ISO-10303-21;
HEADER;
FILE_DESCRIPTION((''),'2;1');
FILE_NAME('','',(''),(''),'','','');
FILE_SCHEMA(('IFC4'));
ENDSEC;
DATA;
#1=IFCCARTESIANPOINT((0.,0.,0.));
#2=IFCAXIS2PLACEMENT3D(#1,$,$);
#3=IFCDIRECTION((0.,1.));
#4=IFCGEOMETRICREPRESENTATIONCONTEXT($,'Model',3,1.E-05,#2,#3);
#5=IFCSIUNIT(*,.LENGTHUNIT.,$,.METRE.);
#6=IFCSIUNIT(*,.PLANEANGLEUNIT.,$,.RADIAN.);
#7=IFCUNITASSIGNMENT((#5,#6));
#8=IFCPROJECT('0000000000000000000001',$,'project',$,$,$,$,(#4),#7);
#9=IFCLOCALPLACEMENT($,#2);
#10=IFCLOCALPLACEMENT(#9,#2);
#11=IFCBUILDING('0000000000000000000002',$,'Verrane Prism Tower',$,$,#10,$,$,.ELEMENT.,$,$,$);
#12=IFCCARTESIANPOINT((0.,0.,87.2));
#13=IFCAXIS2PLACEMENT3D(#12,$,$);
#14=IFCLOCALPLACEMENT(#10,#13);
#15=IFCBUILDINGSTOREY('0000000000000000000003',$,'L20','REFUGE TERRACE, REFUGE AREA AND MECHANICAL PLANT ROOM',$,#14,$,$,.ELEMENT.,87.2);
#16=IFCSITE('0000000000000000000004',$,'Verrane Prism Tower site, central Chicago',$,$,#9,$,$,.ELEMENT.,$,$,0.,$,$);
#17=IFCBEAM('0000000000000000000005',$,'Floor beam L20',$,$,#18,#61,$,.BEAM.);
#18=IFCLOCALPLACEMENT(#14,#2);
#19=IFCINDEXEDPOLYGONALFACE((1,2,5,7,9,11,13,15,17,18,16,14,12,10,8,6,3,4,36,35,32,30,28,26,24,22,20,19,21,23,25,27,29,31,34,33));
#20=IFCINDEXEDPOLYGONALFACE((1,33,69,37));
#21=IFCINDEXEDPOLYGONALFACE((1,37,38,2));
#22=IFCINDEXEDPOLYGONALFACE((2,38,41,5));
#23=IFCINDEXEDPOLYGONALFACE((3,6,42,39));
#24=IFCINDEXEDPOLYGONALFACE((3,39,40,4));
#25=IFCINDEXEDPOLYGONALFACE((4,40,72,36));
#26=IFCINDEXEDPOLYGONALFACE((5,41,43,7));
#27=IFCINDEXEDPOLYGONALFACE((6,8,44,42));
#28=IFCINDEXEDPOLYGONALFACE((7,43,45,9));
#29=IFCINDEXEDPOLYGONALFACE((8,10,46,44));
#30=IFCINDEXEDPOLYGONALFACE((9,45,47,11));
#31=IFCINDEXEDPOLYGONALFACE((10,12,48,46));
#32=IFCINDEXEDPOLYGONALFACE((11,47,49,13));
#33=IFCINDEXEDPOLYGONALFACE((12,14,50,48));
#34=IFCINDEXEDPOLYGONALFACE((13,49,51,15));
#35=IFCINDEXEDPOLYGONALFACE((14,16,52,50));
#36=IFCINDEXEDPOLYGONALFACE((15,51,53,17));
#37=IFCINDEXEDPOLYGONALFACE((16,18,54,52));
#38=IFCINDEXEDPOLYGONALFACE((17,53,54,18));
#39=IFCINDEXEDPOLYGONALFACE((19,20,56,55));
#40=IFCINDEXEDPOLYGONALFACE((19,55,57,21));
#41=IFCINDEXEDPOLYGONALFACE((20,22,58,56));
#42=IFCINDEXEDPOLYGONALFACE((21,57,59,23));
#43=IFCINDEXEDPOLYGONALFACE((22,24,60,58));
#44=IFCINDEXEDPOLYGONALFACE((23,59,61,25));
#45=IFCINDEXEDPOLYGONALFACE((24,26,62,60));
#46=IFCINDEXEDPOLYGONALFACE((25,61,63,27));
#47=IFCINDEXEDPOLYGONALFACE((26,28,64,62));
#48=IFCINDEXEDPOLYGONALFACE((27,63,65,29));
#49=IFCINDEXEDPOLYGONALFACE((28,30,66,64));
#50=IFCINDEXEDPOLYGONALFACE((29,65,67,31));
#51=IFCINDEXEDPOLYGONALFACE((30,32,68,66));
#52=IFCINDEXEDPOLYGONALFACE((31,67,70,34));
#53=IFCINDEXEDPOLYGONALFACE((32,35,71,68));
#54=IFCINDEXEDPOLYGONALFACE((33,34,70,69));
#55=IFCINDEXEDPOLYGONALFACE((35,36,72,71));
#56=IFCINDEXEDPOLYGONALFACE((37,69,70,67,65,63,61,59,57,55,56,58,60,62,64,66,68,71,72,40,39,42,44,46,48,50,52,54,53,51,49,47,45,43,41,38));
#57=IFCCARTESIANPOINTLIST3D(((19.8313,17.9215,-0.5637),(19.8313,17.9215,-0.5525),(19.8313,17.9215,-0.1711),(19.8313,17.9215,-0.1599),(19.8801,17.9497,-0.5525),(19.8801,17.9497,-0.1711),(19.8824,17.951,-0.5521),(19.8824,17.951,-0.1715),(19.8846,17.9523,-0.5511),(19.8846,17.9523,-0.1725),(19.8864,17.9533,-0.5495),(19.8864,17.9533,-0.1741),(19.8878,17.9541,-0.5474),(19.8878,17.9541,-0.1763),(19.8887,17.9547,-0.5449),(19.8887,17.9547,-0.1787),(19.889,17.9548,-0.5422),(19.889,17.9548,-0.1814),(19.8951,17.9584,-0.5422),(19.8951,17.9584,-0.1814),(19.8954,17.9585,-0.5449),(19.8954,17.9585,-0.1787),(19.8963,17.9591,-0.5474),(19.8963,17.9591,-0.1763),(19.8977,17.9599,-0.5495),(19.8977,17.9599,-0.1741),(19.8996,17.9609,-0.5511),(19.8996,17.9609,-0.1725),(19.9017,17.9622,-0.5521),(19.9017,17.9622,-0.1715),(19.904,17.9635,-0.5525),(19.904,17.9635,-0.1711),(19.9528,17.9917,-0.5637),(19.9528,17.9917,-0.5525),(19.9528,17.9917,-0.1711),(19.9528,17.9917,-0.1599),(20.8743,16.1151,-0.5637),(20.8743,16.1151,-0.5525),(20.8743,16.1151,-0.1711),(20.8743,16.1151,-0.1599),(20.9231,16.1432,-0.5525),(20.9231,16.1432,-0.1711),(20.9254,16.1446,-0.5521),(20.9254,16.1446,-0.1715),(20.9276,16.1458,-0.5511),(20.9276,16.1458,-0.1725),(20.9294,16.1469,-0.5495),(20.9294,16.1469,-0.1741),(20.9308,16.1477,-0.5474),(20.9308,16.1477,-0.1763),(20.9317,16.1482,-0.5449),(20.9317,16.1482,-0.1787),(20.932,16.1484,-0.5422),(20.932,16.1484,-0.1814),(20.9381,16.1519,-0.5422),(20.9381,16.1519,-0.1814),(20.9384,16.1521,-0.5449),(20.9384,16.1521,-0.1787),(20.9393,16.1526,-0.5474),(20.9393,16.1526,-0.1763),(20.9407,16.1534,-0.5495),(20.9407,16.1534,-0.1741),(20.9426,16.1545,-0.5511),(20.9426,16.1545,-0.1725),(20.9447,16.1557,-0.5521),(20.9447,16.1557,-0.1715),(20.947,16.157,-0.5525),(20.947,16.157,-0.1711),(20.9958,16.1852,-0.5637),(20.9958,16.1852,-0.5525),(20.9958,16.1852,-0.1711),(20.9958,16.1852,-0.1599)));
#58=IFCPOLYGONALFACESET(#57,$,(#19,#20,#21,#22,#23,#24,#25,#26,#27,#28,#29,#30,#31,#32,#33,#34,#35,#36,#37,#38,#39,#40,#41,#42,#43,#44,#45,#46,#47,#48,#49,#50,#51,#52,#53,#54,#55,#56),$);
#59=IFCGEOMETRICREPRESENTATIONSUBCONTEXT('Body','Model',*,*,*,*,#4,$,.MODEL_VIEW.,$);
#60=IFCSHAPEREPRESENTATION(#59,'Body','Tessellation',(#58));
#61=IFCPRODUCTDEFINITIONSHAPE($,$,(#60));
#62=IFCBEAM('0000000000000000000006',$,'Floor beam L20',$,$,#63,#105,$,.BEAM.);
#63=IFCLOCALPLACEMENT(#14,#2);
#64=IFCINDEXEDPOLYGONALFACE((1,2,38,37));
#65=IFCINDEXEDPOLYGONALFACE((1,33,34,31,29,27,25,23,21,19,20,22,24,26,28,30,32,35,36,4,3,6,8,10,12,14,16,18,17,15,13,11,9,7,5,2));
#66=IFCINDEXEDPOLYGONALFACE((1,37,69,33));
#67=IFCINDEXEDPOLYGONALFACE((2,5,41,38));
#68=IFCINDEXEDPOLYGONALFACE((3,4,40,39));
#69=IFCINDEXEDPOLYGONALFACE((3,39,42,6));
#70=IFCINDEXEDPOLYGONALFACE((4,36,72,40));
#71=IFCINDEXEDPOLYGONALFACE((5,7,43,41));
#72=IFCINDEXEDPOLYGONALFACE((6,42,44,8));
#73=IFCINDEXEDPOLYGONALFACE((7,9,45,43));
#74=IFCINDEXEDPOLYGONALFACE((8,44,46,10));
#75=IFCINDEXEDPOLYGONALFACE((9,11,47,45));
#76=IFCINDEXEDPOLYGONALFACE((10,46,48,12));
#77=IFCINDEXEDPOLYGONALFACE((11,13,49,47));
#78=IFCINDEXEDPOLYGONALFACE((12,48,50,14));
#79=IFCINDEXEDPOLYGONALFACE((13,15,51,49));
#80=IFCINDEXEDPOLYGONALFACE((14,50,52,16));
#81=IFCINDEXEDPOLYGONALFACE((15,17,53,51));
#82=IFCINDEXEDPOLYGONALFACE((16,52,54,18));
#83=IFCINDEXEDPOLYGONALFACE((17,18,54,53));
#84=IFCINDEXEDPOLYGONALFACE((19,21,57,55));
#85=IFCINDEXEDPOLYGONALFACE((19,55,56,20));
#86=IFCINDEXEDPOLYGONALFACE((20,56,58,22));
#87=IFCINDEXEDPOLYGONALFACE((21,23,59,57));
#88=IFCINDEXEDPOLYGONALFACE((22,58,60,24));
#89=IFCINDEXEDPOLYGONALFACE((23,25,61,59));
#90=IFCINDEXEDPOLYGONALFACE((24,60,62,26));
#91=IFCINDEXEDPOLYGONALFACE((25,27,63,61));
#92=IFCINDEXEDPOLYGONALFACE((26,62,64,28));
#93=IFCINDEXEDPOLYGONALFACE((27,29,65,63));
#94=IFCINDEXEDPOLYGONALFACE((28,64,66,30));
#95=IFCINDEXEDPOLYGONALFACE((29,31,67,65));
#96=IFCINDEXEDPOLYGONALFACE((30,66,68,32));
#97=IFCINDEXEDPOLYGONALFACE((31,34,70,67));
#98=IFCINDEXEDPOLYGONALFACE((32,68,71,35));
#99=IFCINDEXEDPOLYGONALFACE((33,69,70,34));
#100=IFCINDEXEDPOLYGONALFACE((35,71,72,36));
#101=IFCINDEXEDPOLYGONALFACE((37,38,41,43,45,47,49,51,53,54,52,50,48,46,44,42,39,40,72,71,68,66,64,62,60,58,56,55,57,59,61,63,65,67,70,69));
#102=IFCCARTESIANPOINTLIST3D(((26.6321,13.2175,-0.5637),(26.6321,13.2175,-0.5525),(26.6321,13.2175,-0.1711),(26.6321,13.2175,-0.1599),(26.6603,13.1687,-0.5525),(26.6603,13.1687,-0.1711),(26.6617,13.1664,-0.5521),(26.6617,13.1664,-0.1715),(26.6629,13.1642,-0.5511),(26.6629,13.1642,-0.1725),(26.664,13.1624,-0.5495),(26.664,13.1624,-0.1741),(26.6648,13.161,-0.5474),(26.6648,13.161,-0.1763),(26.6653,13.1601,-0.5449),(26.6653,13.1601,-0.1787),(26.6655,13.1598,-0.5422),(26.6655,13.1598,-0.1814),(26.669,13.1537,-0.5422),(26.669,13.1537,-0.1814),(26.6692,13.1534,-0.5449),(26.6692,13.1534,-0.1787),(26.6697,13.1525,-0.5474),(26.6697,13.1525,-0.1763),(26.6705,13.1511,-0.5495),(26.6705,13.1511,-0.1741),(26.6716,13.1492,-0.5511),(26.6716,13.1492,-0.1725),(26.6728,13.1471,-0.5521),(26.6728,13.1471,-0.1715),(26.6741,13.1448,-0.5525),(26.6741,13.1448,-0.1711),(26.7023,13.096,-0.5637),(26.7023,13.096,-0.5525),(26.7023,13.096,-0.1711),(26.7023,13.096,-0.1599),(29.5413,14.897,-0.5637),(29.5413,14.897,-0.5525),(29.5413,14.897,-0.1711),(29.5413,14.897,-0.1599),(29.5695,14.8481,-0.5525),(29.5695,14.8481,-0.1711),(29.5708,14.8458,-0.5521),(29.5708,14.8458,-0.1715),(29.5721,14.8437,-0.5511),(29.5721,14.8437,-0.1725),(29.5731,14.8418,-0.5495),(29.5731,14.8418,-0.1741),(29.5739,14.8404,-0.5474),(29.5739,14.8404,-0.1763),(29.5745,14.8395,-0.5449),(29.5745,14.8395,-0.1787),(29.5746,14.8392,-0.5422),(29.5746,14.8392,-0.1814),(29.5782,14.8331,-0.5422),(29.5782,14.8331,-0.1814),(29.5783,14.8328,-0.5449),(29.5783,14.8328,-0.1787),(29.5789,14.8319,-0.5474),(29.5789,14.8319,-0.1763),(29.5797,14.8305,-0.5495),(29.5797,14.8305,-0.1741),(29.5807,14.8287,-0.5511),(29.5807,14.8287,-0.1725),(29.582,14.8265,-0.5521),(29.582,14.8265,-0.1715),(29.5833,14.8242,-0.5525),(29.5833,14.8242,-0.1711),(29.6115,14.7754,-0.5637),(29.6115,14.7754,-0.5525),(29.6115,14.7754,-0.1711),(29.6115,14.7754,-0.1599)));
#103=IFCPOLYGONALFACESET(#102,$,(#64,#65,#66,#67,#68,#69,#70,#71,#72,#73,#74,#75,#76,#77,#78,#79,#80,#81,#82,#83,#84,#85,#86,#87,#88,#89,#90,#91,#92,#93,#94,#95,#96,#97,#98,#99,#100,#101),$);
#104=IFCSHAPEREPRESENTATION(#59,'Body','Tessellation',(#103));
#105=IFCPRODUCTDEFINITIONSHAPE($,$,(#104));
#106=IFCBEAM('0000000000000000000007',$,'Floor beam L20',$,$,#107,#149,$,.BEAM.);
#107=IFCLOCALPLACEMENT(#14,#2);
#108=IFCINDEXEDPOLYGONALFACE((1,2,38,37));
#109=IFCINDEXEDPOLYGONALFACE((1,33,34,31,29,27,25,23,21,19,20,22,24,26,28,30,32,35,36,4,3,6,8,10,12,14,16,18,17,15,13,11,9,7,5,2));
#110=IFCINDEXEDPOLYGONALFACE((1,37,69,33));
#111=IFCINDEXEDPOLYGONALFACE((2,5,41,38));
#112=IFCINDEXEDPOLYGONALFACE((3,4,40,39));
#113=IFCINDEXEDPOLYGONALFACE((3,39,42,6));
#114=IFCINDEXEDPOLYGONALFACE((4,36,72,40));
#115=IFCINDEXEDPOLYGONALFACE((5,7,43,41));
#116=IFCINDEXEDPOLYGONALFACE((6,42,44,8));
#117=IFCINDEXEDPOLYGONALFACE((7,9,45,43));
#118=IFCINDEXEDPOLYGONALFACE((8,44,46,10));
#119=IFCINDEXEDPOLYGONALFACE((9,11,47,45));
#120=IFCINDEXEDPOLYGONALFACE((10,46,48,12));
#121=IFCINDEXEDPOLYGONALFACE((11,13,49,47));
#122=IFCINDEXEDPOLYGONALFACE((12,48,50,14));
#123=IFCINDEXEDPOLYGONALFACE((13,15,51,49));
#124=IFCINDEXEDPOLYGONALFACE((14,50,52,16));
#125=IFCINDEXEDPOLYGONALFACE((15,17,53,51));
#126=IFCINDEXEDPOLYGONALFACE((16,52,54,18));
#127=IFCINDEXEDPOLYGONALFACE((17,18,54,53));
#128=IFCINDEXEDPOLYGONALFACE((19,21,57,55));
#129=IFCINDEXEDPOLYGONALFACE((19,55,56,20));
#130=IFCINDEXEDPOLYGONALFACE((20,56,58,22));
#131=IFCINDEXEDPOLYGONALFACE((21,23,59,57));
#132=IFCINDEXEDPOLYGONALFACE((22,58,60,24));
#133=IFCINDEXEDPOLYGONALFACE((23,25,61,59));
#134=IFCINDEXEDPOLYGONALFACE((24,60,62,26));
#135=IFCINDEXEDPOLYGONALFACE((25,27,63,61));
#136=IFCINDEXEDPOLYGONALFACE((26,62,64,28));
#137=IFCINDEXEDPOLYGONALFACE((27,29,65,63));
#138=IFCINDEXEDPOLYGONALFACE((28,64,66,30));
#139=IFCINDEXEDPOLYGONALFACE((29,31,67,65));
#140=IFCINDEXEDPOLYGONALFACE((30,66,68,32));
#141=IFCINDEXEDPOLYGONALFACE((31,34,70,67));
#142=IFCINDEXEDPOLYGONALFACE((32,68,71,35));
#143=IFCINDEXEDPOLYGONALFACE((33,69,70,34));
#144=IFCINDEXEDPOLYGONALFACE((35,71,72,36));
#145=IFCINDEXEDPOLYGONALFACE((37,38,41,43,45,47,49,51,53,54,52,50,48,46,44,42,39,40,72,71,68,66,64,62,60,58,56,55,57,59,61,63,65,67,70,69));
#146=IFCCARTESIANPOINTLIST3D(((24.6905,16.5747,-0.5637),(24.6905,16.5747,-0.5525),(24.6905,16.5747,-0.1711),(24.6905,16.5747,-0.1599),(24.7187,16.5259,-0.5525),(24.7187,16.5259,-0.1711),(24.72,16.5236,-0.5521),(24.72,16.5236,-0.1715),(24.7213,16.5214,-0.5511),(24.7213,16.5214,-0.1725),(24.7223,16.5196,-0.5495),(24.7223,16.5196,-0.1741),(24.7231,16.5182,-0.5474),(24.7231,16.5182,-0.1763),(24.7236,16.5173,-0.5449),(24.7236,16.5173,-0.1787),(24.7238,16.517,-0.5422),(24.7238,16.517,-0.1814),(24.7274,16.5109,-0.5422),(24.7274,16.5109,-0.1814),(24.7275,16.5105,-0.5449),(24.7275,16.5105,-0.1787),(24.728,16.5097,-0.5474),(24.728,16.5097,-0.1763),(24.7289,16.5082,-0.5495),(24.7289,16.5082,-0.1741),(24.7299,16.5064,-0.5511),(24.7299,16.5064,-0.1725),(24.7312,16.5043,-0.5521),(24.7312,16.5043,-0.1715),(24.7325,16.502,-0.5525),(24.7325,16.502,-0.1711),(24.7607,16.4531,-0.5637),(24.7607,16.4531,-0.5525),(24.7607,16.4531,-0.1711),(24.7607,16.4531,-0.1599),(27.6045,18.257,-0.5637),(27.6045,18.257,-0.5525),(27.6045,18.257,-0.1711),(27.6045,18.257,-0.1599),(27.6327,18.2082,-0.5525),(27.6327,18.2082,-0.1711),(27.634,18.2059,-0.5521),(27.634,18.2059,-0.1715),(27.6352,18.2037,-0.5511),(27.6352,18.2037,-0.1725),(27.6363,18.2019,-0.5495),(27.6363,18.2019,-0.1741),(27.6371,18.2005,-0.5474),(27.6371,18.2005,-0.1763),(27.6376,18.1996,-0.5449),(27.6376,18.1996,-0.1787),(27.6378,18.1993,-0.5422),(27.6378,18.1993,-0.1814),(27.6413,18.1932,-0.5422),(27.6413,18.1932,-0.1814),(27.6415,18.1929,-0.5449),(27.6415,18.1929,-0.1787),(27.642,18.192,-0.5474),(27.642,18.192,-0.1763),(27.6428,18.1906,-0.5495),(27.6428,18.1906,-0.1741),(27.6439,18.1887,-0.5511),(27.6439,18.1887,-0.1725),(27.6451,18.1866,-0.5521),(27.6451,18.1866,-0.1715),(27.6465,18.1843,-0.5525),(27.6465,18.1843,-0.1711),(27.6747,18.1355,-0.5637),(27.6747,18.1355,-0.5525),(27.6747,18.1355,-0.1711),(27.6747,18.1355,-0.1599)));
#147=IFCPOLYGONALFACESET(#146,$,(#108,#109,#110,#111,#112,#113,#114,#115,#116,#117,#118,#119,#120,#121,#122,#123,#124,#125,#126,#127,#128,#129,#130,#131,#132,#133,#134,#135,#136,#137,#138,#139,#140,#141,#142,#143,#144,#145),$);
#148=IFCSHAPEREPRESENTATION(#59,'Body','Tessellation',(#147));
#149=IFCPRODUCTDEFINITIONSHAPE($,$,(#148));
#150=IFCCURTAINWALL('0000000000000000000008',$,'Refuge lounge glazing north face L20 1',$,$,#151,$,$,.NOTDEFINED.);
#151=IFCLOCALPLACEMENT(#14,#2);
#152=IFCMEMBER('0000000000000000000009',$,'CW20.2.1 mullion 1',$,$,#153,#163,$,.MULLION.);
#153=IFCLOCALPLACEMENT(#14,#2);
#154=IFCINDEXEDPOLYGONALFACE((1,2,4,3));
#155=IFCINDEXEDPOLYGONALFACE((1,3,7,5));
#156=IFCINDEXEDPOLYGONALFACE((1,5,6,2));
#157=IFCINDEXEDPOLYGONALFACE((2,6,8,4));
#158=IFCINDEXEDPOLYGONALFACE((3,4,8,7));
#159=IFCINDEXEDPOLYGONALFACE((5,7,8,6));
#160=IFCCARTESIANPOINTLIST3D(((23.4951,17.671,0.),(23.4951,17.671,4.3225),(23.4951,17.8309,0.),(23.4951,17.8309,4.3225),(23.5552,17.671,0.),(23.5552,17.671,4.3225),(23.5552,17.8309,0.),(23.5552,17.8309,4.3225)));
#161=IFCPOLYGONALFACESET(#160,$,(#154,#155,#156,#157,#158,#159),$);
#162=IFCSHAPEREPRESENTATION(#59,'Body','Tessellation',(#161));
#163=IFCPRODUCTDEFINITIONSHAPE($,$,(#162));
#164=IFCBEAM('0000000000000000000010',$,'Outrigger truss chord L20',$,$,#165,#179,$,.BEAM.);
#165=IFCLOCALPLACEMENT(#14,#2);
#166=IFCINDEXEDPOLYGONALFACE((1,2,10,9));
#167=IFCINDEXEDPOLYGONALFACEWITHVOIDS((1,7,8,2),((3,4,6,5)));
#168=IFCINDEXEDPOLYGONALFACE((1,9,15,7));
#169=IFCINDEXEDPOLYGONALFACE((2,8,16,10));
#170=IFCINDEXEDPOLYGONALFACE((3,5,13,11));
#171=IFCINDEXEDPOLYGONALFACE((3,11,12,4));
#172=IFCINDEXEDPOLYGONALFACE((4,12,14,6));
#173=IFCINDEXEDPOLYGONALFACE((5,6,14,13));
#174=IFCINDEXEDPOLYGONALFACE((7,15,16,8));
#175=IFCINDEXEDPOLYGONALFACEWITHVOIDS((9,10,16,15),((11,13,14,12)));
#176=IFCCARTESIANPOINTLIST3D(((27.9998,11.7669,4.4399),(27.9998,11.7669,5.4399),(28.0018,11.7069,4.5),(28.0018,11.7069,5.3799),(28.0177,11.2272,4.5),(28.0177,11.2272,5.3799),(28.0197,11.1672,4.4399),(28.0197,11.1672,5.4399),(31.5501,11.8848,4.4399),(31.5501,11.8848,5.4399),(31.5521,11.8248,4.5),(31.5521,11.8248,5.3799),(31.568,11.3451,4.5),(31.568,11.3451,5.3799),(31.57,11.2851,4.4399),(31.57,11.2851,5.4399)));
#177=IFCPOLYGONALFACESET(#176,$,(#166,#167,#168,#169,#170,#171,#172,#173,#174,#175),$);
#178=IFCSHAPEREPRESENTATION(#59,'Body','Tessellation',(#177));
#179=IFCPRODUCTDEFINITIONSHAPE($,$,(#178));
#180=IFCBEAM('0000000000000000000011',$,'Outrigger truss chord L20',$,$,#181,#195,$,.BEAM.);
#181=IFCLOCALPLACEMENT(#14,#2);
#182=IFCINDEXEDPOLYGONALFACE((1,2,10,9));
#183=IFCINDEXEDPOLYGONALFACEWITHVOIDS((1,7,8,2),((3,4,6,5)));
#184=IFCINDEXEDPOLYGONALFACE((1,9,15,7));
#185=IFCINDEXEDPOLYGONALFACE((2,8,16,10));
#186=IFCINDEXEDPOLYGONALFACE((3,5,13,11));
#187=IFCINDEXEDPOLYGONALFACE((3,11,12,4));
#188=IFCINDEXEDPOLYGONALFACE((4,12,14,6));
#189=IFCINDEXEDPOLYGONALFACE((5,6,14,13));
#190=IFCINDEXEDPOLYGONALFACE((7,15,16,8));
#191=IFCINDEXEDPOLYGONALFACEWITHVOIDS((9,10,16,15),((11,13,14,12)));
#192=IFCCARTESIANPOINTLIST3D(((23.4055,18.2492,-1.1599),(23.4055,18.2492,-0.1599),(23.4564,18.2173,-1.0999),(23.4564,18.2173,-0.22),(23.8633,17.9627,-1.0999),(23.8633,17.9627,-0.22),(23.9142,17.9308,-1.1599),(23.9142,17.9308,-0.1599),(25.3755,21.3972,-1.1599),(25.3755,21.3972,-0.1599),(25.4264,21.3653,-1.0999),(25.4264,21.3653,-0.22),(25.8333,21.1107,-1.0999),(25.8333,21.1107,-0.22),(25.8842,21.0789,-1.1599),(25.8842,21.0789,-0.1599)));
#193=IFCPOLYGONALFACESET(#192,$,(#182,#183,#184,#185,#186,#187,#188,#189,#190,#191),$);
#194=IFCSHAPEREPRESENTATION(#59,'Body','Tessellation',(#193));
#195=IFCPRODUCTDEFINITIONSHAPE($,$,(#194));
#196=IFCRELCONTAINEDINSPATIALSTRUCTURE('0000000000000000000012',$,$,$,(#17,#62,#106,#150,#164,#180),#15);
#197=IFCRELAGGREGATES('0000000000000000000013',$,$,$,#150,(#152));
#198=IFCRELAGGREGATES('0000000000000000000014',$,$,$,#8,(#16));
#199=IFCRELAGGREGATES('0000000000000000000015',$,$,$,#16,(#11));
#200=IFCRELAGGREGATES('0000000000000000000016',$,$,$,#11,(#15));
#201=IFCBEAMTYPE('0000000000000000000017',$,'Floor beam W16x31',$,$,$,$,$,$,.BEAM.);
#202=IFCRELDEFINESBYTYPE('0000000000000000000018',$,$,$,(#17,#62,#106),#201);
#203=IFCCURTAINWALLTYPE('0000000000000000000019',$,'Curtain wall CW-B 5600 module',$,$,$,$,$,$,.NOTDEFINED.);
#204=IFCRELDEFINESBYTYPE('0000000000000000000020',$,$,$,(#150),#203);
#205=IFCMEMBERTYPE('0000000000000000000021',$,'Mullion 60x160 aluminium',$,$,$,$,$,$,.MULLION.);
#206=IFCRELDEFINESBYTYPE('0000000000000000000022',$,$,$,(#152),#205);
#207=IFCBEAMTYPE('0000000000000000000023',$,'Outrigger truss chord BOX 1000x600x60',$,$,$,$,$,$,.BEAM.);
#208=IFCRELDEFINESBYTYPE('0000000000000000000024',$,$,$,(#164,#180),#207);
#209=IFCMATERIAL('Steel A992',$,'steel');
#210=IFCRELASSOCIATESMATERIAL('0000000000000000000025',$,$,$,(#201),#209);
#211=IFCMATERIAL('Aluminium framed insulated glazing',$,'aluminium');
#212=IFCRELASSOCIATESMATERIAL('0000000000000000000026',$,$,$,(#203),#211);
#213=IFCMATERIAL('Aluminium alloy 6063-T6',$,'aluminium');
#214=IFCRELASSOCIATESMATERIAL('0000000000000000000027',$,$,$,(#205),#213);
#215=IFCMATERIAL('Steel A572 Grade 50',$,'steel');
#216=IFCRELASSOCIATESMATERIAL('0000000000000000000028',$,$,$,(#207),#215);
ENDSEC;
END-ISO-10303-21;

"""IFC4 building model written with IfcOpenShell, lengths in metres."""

from ifc_helpers import new_model, si_unit, direction, frame, origin, origin_2d, place, context, subcontext, project, spatial, rectangle, hollow_rectangle, i_section, extrude, material, material_profile, profile_set, type_object, element, aggregate, save


model = new_model("IFC4")

# Units and contexts
model_context = context("Model", 3, precision=1e-05, world=origin(), true_north=direction((0.0, 1.0)))
body_context = subcontext(model_context, "Body", "Model", "MODEL_VIEW")
ifc_project = project(units=[si_unit("LENGTHUNIT", "METRE"), si_unit("PLANEANGLEUNIT", "RADIAN")], contexts=[model_context])

# Site, building, storey
site_placement = place(None, origin())
site = spatial("IfcSite", under=ifc_project, at=site_placement, Name="Verrane Prism Tower site, central Chicago", CompositionType="ELEMENT", RefElevation=0.0)
building_placement = place(site_placement, origin())
building = spatial("IfcBuilding", under=site, at=building_placement, Name="Verrane Prism Tower", CompositionType="ELEMENT")
storey_placement = place(building_placement, frame((0.0, 0.0, 87.2)))
storey = spatial("IfcBuildingStorey", under=building, at=storey_placement, Name="L20", Description="REFUGE TERRACE, REFUGE AREA AND MECHANICAL PLANT ROOM", CompositionType="ELEMENT", Elevation=87.2)

# Beams
ifc_material_1 = material(Name="Steel A992", Category="steel")
ifc_material_profile_1 = material_profile(ifc_material_1, i_section(OverallWidth=0.1404, OverallDepth=0.4038, WebThickness=0.0071, FlangeThickness=0.0112, FilletRadius=0.0103, at=origin_2d()), Name="W16x31")
ifc_profile_set_1 = profile_set([ifc_material_profile_1], Name="Steel A992")
beam_type_1 = type_object("IfcBeamType", Name="Floor beam W16x31", PredefinedType="BEAM", material=ifc_profile_set_1)
beam_1_placement = place(storey_placement, frame((20.9351, 16.1501, -0.3618), z_axis=(-0.500016, 0.866016, 0.0), x_axis=(-0.866016, -0.500016, 0.0)))
element("IfcBeam", 1, at=beam_1_placement, inside=storey, type_object=beam_type_1, Name="Floor beam L20", PredefinedType="BEAM", context=body_context, shape_type="SweptSolid", body=[
    extrude(i_section(OverallWidth=0.1404, OverallDepth=0.4038, WebThickness=0.0071, FlangeThickness=0.0112, FilletRadius=0.0103, at=origin_2d()), origin(), (0.0, 0.0, 1.0), 2.0859),
])
beam_2_placement = place(storey_placement, frame((26.6672, 13.1567, -0.3618), z_axis=(0.866048, 0.499962, 0.0), x_axis=(-0.499962, 0.866048, 0.0)))
element("IfcBeam", 2, at=beam_2_placement, inside=storey, type_object=beam_type_1, Name="Floor beam L20", PredefinedType="BEAM", context=body_context, shape_type="SweptSolid", body=[
    extrude(i_section(OverallWidth=0.1404, OverallDepth=0.4038, WebThickness=0.0071, FlangeThickness=0.0112, FilletRadius=0.0103, at=origin_2d()), origin(), (0.0, 0.0, 1.0), 3.3591),
])
beam_3_placement = place(storey_placement, frame((24.7256, 16.5139, -0.3618), z_axis=(0.866033, 0.499986, 0.0), x_axis=(-0.499986, 0.866033, 0.0)))
element("IfcBeam", 3, at=beam_3_placement, inside=storey, type_object=beam_type_1, Name="Floor beam L20", PredefinedType="BEAM", context=body_context, shape_type="SweptSolid", body=[
    extrude(i_section(OverallWidth=0.1404, OverallDepth=0.4038, WebThickness=0.0071, FlangeThickness=0.0112, FilletRadius=0.0103, at=origin_2d()), origin(), (0.0, 0.0, 1.0), 3.3647),
])

# Curtain wall, member
ifc_material_2 = material(Name="Aluminium framed insulated glazing", Category="aluminium")
curtain_wall_type = type_object("IfcCurtainWallType", Name="Curtain wall CW-B 5600 module", PredefinedType="NOTDEFINED", material=ifc_material_2)
curtain_wall_placement = place(storey_placement, origin())
curtain_wall = element("IfcCurtainWall", 4, at=curtain_wall_placement, inside=storey, type_object=curtain_wall_type, Name="Refuge lounge glazing north face L20 1", PredefinedType="NOTDEFINED")
ifc_material_3 = material(Name="Aluminium alloy 6063-T6", Category="aluminium")
ifc_material_profile_2 = material_profile(ifc_material_3, rectangle(XDim=0.1599, YDim=0.0601, at=origin_2d()), Name="Mullion 60x160 aluminium")
ifc_profile_set_2 = profile_set([ifc_material_profile_2], Name="Aluminium alloy 6063-T6")
member_type_1 = type_object("IfcMemberType", Name="Mullion 60x160 aluminium", PredefinedType="MULLION", material=ifc_profile_set_2)
member_1_placement = place(storey_placement, frame((23.5251, 17.751, 0.0), z_axis=(0.0, 0.0, 1.0), x_axis=(0.0, -1.0, 0.0)))
member_1 = element("IfcMember", 5, at=member_1_placement, type_object=member_type_1, Name="CW20.2.1 mullion 1", PredefinedType="MULLION", context=body_context, shape_type="SweptSolid", body=[
    extrude(rectangle(XDim=0.1599, YDim=0.0601, at=origin_2d()), origin(), (0.0, 0.0, 1.0), 4.3225),
])

# Beams
ifc_material_4 = material(Name="Steel A572 Grade 50", Category="steel")
ifc_material_profile_3 = material_profile(ifc_material_4, hollow_rectangle(XDim=0.6001, YDim=1.0, WallThickness=0.0601, at=origin_2d()), Name="BOX 1000x600x60")
ifc_profile_set_3 = profile_set([ifc_material_profile_3], Name="Steel A572 Grade 50")
beam_type_2 = type_object("IfcBeamType", Name="Outrigger truss chord BOX 1000x600x60", PredefinedType="BEAM", material=ifc_profile_set_3)
beam_4_placement = place(storey_placement, frame((31.5601, 11.585, 4.9399), z_axis=(-0.999449, -0.033196, 0.0), x_axis=(0.033196, -0.999449, 0.0)))
element("IfcBeam", 6, at=beam_4_placement, inside=storey, type_object=beam_type_2, Name="Outrigger truss chord L20", PredefinedType="BEAM", context=body_context, shape_type="SweptSolid", body=[
    extrude(hollow_rectangle(XDim=0.6001, YDim=1.0, WallThickness=0.0601, at=origin_2d()), origin(), (0.0, 0.0, 1.0), 3.5522),
])
beam_5_placement = place(storey_placement, frame((25.6299, 21.238, -0.6599), z_axis=(-0.530483, -0.847695, 0.0), x_axis=(0.847695, -0.530483, 0.0)))
element("IfcBeam", 7, at=beam_5_placement, inside=storey, type_object=beam_type_2, Name="Outrigger truss chord L20", PredefinedType="BEAM", context=body_context, shape_type="SweptSolid", body=[
    extrude(hollow_rectangle(XDim=0.6001, YDim=1.0, WallThickness=0.0601, at=origin_2d()), origin(), (0.0, 0.0, 1.0), 3.7136),
])

aggregate(curtain_wall, [member_1])

save(model, "model.ifc")
